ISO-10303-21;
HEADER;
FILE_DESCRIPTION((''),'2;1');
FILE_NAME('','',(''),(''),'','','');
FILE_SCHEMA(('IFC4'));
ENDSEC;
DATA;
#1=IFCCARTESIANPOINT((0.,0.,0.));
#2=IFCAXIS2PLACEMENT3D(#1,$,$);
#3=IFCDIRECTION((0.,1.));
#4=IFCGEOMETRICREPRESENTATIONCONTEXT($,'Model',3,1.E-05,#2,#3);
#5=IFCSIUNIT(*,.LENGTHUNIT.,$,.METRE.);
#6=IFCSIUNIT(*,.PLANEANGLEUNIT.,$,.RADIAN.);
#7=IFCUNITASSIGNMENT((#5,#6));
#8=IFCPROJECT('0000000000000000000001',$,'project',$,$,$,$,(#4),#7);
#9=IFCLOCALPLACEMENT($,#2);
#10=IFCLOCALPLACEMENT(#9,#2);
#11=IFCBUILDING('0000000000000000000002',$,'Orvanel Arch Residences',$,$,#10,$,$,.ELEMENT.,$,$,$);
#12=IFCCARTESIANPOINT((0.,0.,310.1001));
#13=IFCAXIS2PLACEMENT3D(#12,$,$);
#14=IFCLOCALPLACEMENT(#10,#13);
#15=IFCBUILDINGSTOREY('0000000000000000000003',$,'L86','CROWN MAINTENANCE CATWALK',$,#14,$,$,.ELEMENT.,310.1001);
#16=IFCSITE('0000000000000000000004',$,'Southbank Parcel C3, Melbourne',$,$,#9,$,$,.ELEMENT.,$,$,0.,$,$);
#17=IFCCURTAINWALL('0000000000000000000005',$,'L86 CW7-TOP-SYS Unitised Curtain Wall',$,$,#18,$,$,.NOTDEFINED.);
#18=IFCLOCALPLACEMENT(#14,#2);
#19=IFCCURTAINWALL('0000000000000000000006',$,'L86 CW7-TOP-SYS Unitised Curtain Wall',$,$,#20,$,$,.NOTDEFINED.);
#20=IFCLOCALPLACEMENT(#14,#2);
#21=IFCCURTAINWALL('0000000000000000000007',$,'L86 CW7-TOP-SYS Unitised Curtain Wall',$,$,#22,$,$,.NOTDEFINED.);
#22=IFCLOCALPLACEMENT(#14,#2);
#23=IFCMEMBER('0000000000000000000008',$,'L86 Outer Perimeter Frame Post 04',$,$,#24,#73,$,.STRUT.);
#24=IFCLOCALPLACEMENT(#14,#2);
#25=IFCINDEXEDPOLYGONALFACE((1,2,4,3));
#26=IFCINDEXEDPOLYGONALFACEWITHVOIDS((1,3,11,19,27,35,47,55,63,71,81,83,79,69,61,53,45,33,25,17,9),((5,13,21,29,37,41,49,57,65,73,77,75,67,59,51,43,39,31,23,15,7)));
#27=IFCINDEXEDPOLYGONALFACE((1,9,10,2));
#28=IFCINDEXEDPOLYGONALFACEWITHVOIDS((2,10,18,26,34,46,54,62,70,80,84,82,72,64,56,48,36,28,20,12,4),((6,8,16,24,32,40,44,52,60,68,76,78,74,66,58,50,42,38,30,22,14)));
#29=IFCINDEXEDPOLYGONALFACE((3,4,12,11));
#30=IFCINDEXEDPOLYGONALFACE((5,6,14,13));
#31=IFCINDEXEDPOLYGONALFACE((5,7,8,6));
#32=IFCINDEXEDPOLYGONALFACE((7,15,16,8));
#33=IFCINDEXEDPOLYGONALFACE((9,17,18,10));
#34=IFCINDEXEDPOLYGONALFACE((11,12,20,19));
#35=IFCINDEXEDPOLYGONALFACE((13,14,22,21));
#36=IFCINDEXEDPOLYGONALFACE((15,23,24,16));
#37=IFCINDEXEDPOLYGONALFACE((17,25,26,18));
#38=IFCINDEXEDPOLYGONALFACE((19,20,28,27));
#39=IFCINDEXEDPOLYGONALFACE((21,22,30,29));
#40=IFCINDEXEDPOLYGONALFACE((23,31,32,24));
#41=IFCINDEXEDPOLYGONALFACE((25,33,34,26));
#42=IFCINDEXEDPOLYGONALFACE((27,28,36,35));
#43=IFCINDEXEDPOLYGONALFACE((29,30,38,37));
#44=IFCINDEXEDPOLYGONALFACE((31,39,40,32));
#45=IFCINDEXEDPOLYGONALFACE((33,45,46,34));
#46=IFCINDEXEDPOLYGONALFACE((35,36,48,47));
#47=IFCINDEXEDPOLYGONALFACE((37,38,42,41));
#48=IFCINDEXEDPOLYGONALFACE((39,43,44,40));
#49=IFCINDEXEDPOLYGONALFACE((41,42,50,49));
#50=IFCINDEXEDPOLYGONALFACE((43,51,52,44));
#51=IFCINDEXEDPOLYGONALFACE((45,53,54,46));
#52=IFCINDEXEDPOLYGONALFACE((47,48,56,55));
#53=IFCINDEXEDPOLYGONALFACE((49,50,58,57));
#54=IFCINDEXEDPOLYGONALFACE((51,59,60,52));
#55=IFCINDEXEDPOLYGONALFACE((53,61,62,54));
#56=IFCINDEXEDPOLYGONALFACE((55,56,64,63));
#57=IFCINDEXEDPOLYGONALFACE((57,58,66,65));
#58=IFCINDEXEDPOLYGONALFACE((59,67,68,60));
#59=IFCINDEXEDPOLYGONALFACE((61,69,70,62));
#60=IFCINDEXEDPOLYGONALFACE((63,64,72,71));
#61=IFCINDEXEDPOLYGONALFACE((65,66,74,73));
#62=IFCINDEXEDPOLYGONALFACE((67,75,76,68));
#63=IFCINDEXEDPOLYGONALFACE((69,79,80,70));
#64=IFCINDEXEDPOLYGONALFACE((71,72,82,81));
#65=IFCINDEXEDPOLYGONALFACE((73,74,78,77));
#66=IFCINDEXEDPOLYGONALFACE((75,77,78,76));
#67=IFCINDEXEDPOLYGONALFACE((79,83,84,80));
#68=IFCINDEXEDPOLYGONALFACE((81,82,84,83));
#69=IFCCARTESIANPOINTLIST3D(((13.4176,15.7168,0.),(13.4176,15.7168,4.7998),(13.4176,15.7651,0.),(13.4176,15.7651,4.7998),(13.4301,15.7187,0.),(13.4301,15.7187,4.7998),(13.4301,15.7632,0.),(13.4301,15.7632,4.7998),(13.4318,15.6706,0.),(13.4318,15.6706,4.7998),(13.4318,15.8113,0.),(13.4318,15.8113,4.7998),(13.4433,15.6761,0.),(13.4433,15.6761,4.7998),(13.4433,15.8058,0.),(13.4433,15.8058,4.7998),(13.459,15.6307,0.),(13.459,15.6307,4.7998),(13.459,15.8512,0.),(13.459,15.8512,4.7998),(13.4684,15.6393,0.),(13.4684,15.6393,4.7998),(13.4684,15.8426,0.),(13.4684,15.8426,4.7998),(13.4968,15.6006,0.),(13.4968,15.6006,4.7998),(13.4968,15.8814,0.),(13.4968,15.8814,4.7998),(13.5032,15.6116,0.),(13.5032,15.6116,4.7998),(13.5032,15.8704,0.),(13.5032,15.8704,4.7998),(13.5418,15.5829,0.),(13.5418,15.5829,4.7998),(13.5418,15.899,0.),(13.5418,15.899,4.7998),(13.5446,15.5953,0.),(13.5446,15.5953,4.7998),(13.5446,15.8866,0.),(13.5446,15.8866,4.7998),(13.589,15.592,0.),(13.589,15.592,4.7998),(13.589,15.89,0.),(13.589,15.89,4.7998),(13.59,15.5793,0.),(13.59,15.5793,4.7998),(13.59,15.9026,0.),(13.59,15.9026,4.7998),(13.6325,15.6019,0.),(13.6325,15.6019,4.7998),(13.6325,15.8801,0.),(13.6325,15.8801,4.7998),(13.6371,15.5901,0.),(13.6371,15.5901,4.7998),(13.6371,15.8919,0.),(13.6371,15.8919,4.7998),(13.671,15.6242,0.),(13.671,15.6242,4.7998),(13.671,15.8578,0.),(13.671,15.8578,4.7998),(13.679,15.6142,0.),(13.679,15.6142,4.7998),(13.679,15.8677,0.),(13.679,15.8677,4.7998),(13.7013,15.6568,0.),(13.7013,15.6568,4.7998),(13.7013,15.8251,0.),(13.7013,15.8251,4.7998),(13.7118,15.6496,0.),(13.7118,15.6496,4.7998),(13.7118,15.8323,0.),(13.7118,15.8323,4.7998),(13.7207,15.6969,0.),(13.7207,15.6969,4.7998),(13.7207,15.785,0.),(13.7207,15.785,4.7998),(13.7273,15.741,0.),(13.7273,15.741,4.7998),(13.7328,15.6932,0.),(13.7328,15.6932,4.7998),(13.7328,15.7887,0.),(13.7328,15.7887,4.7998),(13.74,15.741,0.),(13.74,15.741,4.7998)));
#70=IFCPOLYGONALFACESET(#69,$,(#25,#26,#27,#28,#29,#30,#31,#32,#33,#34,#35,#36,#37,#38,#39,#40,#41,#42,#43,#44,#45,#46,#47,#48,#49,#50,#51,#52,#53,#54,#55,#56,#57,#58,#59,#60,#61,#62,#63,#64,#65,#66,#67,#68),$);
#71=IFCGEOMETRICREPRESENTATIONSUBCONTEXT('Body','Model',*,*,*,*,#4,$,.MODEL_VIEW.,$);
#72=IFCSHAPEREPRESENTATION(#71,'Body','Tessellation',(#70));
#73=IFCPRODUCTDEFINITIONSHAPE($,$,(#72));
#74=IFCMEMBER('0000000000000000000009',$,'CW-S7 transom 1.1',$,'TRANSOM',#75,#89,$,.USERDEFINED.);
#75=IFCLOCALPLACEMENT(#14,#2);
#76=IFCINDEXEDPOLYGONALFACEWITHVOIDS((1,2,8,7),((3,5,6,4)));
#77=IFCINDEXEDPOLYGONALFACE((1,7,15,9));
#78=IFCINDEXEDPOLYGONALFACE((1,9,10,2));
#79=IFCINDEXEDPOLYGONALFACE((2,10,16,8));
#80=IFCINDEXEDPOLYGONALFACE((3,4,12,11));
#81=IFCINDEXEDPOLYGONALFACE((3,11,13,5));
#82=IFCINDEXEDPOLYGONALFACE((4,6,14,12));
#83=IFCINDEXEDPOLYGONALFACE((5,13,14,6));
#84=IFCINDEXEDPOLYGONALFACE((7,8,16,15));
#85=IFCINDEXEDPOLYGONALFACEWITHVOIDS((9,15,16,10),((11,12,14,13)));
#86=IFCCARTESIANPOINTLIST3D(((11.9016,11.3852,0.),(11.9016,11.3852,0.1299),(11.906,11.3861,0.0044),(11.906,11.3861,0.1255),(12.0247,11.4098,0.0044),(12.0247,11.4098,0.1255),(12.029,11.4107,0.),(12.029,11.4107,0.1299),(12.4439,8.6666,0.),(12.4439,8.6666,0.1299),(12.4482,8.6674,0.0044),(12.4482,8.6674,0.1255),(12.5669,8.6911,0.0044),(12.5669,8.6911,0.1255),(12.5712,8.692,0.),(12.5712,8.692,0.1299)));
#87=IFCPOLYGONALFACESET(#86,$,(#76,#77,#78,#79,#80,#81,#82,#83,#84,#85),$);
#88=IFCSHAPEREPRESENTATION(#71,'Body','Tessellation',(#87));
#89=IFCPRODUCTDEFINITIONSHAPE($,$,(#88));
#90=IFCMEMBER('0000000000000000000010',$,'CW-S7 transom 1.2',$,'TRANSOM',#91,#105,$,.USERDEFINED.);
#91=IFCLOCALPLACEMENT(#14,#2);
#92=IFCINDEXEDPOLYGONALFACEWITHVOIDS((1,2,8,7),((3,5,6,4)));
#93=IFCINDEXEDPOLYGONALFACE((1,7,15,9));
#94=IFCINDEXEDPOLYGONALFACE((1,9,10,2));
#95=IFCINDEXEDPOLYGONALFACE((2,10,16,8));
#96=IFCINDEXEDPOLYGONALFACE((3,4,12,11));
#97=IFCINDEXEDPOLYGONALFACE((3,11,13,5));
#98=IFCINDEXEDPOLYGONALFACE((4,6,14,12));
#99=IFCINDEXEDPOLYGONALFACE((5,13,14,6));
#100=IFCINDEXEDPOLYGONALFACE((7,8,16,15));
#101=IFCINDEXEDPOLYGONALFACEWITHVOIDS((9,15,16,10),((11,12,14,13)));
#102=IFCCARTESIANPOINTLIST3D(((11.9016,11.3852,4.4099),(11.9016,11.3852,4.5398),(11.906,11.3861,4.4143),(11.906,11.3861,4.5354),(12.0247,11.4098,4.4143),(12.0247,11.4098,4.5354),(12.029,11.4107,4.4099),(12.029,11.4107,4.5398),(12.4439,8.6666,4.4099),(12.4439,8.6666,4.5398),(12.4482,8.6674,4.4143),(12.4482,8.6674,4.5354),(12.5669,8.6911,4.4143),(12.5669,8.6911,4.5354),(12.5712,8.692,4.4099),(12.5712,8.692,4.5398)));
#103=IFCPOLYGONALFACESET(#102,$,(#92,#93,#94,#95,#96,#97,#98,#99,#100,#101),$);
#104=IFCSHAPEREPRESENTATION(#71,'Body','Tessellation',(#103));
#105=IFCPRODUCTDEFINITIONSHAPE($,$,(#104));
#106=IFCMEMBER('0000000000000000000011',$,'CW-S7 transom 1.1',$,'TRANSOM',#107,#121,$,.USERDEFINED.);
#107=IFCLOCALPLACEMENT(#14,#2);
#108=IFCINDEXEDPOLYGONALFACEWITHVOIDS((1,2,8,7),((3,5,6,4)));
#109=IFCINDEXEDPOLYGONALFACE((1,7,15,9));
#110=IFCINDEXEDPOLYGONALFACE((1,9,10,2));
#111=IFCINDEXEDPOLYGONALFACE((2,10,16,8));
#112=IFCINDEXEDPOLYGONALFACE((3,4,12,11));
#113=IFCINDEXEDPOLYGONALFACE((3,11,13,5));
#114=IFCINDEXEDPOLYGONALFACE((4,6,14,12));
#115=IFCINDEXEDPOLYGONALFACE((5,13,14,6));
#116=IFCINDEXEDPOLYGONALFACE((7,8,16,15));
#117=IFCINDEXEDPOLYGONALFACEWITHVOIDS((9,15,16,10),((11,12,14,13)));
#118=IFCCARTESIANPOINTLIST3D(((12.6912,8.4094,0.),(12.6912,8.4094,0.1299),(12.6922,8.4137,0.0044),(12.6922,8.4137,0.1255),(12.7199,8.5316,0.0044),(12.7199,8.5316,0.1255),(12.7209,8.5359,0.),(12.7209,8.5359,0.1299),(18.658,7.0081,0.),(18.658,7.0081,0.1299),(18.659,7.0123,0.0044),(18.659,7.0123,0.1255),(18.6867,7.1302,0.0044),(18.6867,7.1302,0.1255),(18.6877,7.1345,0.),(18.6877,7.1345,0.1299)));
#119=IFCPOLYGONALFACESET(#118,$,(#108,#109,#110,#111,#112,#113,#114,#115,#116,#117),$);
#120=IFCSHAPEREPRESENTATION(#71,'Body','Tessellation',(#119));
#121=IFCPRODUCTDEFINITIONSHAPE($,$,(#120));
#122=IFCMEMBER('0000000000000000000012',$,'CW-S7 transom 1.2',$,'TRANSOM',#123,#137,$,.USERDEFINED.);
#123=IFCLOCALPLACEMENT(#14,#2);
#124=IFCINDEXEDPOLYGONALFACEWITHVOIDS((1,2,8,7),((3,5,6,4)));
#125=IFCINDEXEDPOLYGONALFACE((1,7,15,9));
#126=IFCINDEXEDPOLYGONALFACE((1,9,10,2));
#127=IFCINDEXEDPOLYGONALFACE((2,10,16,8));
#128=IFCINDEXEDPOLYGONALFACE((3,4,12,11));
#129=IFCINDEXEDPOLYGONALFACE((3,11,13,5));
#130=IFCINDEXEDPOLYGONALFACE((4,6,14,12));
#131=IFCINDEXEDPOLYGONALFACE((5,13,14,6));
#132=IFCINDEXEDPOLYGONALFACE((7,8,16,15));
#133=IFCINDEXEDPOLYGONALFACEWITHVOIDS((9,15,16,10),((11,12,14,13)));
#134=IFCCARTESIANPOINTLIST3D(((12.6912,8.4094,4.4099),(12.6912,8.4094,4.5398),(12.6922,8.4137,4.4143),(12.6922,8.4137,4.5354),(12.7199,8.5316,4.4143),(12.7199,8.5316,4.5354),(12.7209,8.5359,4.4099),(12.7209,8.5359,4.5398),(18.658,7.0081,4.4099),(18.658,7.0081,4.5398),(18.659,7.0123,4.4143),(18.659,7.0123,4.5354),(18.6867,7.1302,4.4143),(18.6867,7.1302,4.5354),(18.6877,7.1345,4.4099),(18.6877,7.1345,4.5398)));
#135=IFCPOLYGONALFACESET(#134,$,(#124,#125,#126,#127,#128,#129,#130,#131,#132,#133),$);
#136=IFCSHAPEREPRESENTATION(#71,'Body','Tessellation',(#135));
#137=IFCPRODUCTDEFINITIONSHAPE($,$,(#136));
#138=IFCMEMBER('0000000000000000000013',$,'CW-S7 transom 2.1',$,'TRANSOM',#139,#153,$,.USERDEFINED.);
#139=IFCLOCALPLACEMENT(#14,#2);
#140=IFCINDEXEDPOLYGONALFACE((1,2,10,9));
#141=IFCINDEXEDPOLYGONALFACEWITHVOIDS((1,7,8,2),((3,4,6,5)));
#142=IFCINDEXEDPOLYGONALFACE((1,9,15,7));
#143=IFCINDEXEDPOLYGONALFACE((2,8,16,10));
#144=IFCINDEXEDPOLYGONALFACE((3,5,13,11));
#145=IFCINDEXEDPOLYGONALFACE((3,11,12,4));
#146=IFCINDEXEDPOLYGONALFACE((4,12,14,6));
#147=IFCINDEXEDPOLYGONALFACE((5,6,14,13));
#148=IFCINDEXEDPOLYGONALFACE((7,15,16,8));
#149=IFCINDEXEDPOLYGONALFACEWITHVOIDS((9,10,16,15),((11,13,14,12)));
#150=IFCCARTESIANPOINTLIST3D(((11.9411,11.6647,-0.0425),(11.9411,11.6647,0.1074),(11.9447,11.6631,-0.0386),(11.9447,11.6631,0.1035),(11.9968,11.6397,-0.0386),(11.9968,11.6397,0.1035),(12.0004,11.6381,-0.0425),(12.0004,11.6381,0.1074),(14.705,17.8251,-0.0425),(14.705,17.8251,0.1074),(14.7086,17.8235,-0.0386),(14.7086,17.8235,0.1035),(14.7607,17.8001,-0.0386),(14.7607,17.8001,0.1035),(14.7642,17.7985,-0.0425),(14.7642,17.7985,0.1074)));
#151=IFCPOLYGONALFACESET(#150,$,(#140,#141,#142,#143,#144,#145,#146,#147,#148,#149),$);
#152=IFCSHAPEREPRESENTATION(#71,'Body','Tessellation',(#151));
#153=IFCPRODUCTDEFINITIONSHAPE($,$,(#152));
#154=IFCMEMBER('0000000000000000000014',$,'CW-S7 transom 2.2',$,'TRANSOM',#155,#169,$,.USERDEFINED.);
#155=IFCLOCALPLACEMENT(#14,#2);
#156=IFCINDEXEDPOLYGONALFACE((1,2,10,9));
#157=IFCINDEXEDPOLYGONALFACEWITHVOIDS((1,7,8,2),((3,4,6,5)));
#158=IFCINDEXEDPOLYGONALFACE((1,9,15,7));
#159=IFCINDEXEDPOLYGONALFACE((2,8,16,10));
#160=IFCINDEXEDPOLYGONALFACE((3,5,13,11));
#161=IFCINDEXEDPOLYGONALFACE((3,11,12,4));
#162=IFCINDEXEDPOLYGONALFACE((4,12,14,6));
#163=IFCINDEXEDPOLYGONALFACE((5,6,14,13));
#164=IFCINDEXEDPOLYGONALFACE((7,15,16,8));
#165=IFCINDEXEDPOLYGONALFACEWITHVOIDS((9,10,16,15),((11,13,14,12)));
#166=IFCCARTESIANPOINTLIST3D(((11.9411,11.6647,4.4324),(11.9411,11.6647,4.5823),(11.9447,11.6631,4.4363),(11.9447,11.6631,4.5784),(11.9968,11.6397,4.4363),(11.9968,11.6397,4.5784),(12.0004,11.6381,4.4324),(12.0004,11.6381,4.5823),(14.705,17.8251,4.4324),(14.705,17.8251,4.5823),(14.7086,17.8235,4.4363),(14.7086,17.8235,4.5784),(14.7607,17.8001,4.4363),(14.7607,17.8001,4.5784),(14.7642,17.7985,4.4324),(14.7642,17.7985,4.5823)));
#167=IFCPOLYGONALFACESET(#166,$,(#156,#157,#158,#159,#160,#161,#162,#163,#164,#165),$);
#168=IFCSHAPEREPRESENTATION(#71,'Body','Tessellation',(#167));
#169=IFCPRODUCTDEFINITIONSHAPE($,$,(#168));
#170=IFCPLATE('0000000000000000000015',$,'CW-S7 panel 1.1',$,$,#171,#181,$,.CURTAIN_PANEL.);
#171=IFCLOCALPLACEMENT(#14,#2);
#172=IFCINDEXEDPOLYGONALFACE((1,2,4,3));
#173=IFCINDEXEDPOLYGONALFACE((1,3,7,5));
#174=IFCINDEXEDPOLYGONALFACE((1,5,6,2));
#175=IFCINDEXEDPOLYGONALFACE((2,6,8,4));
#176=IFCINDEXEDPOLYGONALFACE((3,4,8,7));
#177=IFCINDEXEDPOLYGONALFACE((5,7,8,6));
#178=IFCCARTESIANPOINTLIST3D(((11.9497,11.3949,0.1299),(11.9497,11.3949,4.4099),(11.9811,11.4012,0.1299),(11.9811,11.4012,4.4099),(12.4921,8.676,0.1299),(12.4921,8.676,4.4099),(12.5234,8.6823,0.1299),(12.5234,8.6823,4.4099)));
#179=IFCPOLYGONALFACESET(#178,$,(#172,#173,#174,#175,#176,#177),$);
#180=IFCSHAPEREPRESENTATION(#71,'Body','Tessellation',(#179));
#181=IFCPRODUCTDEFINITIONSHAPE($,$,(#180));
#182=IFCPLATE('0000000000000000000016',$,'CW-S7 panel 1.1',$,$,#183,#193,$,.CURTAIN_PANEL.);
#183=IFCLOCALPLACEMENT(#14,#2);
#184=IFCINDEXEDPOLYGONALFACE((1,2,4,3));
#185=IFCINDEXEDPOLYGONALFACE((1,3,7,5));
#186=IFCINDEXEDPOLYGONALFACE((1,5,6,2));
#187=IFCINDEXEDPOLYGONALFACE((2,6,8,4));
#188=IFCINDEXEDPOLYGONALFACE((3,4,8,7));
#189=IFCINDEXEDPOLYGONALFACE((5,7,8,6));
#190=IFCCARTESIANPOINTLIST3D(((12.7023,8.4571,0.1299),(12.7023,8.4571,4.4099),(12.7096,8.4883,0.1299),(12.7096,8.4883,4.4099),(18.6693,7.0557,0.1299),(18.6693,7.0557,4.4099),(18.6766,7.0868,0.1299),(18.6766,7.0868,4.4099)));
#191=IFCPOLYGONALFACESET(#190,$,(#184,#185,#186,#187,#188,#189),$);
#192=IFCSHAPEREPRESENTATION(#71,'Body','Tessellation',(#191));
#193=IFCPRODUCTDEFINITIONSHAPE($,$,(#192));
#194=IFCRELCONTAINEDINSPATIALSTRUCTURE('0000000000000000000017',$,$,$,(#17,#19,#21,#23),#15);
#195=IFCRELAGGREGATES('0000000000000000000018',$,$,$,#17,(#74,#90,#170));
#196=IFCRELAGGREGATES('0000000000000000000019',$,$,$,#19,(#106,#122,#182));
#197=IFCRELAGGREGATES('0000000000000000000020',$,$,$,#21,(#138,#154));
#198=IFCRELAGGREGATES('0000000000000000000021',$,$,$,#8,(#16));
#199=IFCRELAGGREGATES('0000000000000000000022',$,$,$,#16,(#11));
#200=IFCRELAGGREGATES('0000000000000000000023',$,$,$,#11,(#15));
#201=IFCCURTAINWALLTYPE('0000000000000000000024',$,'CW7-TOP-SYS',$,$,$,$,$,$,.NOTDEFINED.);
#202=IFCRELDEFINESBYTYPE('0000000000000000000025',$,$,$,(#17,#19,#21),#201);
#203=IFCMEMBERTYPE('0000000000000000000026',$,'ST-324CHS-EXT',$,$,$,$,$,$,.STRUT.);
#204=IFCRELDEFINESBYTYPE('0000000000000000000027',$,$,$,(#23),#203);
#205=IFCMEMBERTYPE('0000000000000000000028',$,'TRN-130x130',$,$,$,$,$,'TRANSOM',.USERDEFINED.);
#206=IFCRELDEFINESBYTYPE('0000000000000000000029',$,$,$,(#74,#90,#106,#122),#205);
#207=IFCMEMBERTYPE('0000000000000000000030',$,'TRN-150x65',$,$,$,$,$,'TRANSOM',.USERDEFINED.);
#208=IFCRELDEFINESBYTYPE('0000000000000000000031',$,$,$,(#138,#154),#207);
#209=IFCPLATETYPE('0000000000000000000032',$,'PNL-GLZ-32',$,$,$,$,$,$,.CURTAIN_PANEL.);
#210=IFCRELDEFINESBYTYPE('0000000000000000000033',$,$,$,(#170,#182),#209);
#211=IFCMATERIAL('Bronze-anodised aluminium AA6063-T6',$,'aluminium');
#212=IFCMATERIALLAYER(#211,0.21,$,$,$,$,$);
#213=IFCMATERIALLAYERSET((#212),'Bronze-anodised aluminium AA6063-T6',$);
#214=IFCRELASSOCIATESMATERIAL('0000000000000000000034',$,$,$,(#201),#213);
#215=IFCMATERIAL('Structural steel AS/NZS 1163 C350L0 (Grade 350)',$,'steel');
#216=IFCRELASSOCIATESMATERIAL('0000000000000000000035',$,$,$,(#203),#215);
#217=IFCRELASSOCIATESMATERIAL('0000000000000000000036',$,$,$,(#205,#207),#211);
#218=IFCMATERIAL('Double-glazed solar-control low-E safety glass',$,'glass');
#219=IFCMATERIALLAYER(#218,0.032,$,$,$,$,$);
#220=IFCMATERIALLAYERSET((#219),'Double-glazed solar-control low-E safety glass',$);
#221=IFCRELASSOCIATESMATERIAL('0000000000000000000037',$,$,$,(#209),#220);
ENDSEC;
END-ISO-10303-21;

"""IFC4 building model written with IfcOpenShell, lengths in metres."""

from ifc_helpers import new_model, si_unit, direction, frame, origin, origin_2d, place, context, subcontext, project, spatial, rectangle, hollow_rectangle, hollow_circle, extrude, material, layer, layer_set, material_profile, profile_set, type_object, element, aggregate, save


model = new_model("IFC4")

# Units and contexts
model_context = context("Model", 3, precision=1e-05, world=origin(), true_north=direction((0.0, 1.0)))
body_context = subcontext(model_context, "Body", "Model", "MODEL_VIEW")
ifc_project = project(units=[si_unit("LENGTHUNIT", "METRE"), si_unit("PLANEANGLEUNIT", "RADIAN")], contexts=[model_context])

# Site, building, storey
site_placement = place(None, origin())
site = spatial("IfcSite", under=ifc_project, at=site_placement, Name="Southbank Parcel C3, Melbourne", CompositionType="ELEMENT", RefElevation=0.0)
building_placement = place(site_placement, origin())
building = spatial("IfcBuilding", under=site, at=building_placement, Name="Orvanel Arch Residences", CompositionType="ELEMENT")
storey_placement = place(building_placement, frame((0.0, 0.0, 310.1001)))
storey = spatial("IfcBuildingStorey", under=building, at=storey_placement, Name="L86", Description="CROWN MAINTENANCE CATWALK", CompositionType="ELEMENT", Elevation=310.1001)

# Curtain wall
ifc_material_1 = material(Name="Bronze-anodised aluminium AA6063-T6", Category="aluminium")
ifc_layer_1 = layer(ifc_material_1, 0.21)
ifc_layer_set_1 = layer_set([ifc_layer_1], Name="Bronze-anodised aluminium AA6063-T6")
curtain_wall_type = type_object("IfcCurtainWallType", Name="CW7-TOP-SYS", PredefinedType="NOTDEFINED", material=ifc_layer_set_1)
curtain_wall_1_placement = place(storey_placement, origin())
curtain_wall_1 = element("IfcCurtainWall", 1, at=curtain_wall_1_placement, inside=storey, type_object=curtain_wall_type, Name="L86 CW7-TOP-SYS Unitised Curtain Wall", PredefinedType="NOTDEFINED")

# Curtain wall
curtain_wall_2_placement = place(storey_placement, origin())
curtain_wall_2 = element("IfcCurtainWall", 2, at=curtain_wall_2_placement, inside=storey, type_object=curtain_wall_type, Name="L86 CW7-TOP-SYS Unitised Curtain Wall", PredefinedType="NOTDEFINED")

# Curtain wall
curtain_wall_3_placement = place(storey_placement, origin())
curtain_wall_3 = element("IfcCurtainWall", 3, at=curtain_wall_3_placement, inside=storey, type_object=curtain_wall_type, Name="L86 CW7-TOP-SYS Unitised Curtain Wall", PredefinedType="NOTDEFINED")

# Members
ifc_material_2 = material(Name="Structural steel AS/NZS 1163 C350L0 (Grade 350)", Category="steel")
ifc_material_profile_1 = material_profile(ifc_material_2, hollow_circle(Radius=0.1621, WallThickness=0.0127, at=origin_2d()), Name="CHS324x12.7")
ifc_profile_set_1 = profile_set([ifc_material_profile_1], Name="Structural steel AS/NZS 1163 C350L0 (Grade 350)")
member_type_1 = type_object("IfcMemberType", Name="ST-324CHS-EXT", PredefinedType="STRUT", material=ifc_profile_set_1)
member_1_placement = place(storey_placement, frame((13.5779, 15.741, 0.0), z_axis=(0.0, 0.0, 1.0), x_axis=(1.0, 0.0, 0.0)))
element("IfcMember", 4, at=member_1_placement, inside=storey, type_object=member_type_1, Name="L86 Outer Perimeter Frame Post 04", PredefinedType="STRUT", context=body_context, shape_type="SweptSolid", body=[
    extrude(hollow_circle(Radius=0.1621, WallThickness=0.0127, at=origin_2d()), origin(), (0.0, 0.0, 1.0), 4.7998),
])
ifc_material_profile_2 = material_profile(ifc_material_1, hollow_rectangle(XDim=0.1299, YDim=0.1299, WallThickness=0.0044, at=origin_2d()), Name="ALU130x130x4.5")
ifc_profile_set_2 = profile_set([ifc_material_profile_2], Name="Bronze-anodised aluminium AA6063-T6")
member_type_2 = type_object("IfcMemberType", Name="TRN-130x130", ElementType="TRANSOM", PredefinedType="USERDEFINED", material=ifc_profile_set_2)
member_2_placement = place(storey_placement, frame((11.9653, 11.3979, 0.0649), z_axis=(0.195591, -0.980686, 0.0), x_axis=(0.980686, 0.195591, 0.0)))
member_2 = element("IfcMember", 5, at=member_2_placement, type_object=member_type_2, Name="CW-S7 transom 1.1", ObjectType="TRANSOM", PredefinedType="USERDEFINED", context=body_context, shape_type="SweptSolid", body=[
    extrude(hollow_rectangle(XDim=0.1299, YDim=0.1299, WallThickness=0.0044, at=origin_2d()), origin(), (0.0, 0.0, 1.0), 2.7722),
])
member_3_placement = place(storey_placement, frame((11.9653, 11.3979, 4.4749), z_axis=(0.195591, -0.980686, 0.0), x_axis=(0.980686, 0.195591, 0.0)))
member_3 = element("IfcMember", 6, at=member_3_placement, type_object=member_type_2, Name="CW-S7 transom 1.2", ObjectType="TRANSOM", PredefinedType="USERDEFINED", context=body_context, shape_type="SweptSolid", body=[
    extrude(hollow_rectangle(XDim=0.1299, YDim=0.1299, WallThickness=0.0044, at=origin_2d()), origin(), (0.0, 0.0, 1.0), 2.7722),
])
member_4_placement = place(storey_placement, frame((12.7061, 8.4727, 0.0649), z_axis=(0.973511, -0.22864, 0.0), x_axis=(0.22864, 0.973511, 0.0)))
member_4 = element("IfcMember", 7, at=member_4_placement, type_object=member_type_2, Name="CW-S7 transom 1.1", ObjectType="TRANSOM", PredefinedType="USERDEFINED", context=body_context, shape_type="SweptSolid", body=[
    extrude(hollow_rectangle(XDim=0.1299, YDim=0.1299, WallThickness=0.0044, at=origin_2d()), origin(), (0.0, 0.0, 1.0), 6.1292),
])
member_5_placement = place(storey_placement, frame((12.7061, 8.4727, 4.4749), z_axis=(0.973511, -0.22864, 0.0), x_axis=(0.22864, 0.973511, 0.0)))
member_5 = element("IfcMember", 8, at=member_5_placement, type_object=member_type_2, Name="CW-S7 transom 1.2", ObjectType="TRANSOM", PredefinedType="USERDEFINED", context=body_context, shape_type="SweptSolid", body=[
    extrude(hollow_rectangle(XDim=0.1299, YDim=0.1299, WallThickness=0.0044, at=origin_2d()), origin(), (0.0, 0.0, 1.0), 6.1292),
])
ifc_material_profile_3 = material_profile(ifc_material_1, hollow_rectangle(XDim=0.0649, YDim=0.1499, WallThickness=0.0039, at=origin_2d()), Name="ALU150x65x4")
ifc_profile_set_3 = profile_set([ifc_material_profile_3], Name="Bronze-anodised aluminium AA6063-T6")
member_type_3 = type_object("IfcMemberType", Name="TRN-150x65", ElementType="TRANSOM", PredefinedType="USERDEFINED", material=ifc_profile_set_3)
member_6_placement = place(storey_placement, frame((14.7346, 17.8118, 0.0325), z_axis=(-0.409347, -0.912379, 0.0), x_axis=(0.912379, -0.409347, 0.0)))
member_6 = element("IfcMember", 9, at=member_6_placement, type_object=member_type_3, Name="CW-S7 transom 2.1", ObjectType="TRANSOM", PredefinedType="USERDEFINED", context=body_context, shape_type="SweptSolid", body=[
    extrude(hollow_rectangle(XDim=0.0649, YDim=0.1499, WallThickness=0.0039, at=origin_2d()), origin(), (0.0, 0.0, 1.0), 6.752),
])
member_7_placement = place(storey_placement, frame((14.7346, 17.8118, 4.5073), z_axis=(-0.409347, -0.912379, 0.0), x_axis=(0.912379, -0.409347, 0.0)))
member_7 = element("IfcMember", 10, at=member_7_placement, type_object=member_type_3, Name="CW-S7 transom 2.2", ObjectType="TRANSOM", PredefinedType="USERDEFINED", context=body_context, shape_type="SweptSolid", body=[
    extrude(hollow_rectangle(XDim=0.0649, YDim=0.1499, WallThickness=0.0039, at=origin_2d()), origin(), (0.0, 0.0, 1.0), 6.752),
])

# Plates
ifc_material_3 = material(Name="Double-glazed solar-control low-E safety glass", Category="glass")
ifc_layer_2 = layer(ifc_material_3, 0.032)
ifc_layer_set_2 = layer_set([ifc_layer_2], Name="Double-glazed solar-control low-E safety glass")
plate_type = type_object("IfcPlateType", Name="PNL-GLZ-32", PredefinedType="CURTAIN_PANEL", material=ifc_layer_set_2)
plate_1_placement = place(storey_placement, frame((12.2366, 10.0386, 0.1299), z_axis=(0.0, 0.0, 1.0), x_axis=(0.195615, -0.980681, 0.0)))
plate_1 = element("IfcPlate", 11, at=plate_1_placement, type_object=plate_type, Name="CW-S7 panel 1.1", PredefinedType="CURTAIN_PANEL", context=body_context, shape_type="SweptSolid", body=[
    extrude(rectangle(XDim=2.7725, YDim=0.032, at=origin_2d()), origin(), (0.0, 0.0, 1.0), 4.28),
])
aggregate(curtain_wall_1, [member_2, member_3, plate_1])
plate_2_placement = place(storey_placement, frame((15.6895, 7.772, 0.1299), z_axis=(0.0, 0.0, 1.0), x_axis=(0.973511, -0.228641, 0.0)))
plate_2 = element("IfcPlate", 12, at=plate_2_placement, type_object=plate_type, Name="CW-S7 panel 1.1", PredefinedType="CURTAIN_PANEL", context=body_context, shape_type="SweptSolid", body=[
    extrude(rectangle(XDim=6.1294, YDim=0.032, at=origin_2d()), origin(), (0.0, 0.0, 1.0), 4.28),
])
aggregate(curtain_wall_2, [member_4, member_5, plate_2])
aggregate(curtain_wall_3, [member_6, member_7])

save(model, "model.ifc")
